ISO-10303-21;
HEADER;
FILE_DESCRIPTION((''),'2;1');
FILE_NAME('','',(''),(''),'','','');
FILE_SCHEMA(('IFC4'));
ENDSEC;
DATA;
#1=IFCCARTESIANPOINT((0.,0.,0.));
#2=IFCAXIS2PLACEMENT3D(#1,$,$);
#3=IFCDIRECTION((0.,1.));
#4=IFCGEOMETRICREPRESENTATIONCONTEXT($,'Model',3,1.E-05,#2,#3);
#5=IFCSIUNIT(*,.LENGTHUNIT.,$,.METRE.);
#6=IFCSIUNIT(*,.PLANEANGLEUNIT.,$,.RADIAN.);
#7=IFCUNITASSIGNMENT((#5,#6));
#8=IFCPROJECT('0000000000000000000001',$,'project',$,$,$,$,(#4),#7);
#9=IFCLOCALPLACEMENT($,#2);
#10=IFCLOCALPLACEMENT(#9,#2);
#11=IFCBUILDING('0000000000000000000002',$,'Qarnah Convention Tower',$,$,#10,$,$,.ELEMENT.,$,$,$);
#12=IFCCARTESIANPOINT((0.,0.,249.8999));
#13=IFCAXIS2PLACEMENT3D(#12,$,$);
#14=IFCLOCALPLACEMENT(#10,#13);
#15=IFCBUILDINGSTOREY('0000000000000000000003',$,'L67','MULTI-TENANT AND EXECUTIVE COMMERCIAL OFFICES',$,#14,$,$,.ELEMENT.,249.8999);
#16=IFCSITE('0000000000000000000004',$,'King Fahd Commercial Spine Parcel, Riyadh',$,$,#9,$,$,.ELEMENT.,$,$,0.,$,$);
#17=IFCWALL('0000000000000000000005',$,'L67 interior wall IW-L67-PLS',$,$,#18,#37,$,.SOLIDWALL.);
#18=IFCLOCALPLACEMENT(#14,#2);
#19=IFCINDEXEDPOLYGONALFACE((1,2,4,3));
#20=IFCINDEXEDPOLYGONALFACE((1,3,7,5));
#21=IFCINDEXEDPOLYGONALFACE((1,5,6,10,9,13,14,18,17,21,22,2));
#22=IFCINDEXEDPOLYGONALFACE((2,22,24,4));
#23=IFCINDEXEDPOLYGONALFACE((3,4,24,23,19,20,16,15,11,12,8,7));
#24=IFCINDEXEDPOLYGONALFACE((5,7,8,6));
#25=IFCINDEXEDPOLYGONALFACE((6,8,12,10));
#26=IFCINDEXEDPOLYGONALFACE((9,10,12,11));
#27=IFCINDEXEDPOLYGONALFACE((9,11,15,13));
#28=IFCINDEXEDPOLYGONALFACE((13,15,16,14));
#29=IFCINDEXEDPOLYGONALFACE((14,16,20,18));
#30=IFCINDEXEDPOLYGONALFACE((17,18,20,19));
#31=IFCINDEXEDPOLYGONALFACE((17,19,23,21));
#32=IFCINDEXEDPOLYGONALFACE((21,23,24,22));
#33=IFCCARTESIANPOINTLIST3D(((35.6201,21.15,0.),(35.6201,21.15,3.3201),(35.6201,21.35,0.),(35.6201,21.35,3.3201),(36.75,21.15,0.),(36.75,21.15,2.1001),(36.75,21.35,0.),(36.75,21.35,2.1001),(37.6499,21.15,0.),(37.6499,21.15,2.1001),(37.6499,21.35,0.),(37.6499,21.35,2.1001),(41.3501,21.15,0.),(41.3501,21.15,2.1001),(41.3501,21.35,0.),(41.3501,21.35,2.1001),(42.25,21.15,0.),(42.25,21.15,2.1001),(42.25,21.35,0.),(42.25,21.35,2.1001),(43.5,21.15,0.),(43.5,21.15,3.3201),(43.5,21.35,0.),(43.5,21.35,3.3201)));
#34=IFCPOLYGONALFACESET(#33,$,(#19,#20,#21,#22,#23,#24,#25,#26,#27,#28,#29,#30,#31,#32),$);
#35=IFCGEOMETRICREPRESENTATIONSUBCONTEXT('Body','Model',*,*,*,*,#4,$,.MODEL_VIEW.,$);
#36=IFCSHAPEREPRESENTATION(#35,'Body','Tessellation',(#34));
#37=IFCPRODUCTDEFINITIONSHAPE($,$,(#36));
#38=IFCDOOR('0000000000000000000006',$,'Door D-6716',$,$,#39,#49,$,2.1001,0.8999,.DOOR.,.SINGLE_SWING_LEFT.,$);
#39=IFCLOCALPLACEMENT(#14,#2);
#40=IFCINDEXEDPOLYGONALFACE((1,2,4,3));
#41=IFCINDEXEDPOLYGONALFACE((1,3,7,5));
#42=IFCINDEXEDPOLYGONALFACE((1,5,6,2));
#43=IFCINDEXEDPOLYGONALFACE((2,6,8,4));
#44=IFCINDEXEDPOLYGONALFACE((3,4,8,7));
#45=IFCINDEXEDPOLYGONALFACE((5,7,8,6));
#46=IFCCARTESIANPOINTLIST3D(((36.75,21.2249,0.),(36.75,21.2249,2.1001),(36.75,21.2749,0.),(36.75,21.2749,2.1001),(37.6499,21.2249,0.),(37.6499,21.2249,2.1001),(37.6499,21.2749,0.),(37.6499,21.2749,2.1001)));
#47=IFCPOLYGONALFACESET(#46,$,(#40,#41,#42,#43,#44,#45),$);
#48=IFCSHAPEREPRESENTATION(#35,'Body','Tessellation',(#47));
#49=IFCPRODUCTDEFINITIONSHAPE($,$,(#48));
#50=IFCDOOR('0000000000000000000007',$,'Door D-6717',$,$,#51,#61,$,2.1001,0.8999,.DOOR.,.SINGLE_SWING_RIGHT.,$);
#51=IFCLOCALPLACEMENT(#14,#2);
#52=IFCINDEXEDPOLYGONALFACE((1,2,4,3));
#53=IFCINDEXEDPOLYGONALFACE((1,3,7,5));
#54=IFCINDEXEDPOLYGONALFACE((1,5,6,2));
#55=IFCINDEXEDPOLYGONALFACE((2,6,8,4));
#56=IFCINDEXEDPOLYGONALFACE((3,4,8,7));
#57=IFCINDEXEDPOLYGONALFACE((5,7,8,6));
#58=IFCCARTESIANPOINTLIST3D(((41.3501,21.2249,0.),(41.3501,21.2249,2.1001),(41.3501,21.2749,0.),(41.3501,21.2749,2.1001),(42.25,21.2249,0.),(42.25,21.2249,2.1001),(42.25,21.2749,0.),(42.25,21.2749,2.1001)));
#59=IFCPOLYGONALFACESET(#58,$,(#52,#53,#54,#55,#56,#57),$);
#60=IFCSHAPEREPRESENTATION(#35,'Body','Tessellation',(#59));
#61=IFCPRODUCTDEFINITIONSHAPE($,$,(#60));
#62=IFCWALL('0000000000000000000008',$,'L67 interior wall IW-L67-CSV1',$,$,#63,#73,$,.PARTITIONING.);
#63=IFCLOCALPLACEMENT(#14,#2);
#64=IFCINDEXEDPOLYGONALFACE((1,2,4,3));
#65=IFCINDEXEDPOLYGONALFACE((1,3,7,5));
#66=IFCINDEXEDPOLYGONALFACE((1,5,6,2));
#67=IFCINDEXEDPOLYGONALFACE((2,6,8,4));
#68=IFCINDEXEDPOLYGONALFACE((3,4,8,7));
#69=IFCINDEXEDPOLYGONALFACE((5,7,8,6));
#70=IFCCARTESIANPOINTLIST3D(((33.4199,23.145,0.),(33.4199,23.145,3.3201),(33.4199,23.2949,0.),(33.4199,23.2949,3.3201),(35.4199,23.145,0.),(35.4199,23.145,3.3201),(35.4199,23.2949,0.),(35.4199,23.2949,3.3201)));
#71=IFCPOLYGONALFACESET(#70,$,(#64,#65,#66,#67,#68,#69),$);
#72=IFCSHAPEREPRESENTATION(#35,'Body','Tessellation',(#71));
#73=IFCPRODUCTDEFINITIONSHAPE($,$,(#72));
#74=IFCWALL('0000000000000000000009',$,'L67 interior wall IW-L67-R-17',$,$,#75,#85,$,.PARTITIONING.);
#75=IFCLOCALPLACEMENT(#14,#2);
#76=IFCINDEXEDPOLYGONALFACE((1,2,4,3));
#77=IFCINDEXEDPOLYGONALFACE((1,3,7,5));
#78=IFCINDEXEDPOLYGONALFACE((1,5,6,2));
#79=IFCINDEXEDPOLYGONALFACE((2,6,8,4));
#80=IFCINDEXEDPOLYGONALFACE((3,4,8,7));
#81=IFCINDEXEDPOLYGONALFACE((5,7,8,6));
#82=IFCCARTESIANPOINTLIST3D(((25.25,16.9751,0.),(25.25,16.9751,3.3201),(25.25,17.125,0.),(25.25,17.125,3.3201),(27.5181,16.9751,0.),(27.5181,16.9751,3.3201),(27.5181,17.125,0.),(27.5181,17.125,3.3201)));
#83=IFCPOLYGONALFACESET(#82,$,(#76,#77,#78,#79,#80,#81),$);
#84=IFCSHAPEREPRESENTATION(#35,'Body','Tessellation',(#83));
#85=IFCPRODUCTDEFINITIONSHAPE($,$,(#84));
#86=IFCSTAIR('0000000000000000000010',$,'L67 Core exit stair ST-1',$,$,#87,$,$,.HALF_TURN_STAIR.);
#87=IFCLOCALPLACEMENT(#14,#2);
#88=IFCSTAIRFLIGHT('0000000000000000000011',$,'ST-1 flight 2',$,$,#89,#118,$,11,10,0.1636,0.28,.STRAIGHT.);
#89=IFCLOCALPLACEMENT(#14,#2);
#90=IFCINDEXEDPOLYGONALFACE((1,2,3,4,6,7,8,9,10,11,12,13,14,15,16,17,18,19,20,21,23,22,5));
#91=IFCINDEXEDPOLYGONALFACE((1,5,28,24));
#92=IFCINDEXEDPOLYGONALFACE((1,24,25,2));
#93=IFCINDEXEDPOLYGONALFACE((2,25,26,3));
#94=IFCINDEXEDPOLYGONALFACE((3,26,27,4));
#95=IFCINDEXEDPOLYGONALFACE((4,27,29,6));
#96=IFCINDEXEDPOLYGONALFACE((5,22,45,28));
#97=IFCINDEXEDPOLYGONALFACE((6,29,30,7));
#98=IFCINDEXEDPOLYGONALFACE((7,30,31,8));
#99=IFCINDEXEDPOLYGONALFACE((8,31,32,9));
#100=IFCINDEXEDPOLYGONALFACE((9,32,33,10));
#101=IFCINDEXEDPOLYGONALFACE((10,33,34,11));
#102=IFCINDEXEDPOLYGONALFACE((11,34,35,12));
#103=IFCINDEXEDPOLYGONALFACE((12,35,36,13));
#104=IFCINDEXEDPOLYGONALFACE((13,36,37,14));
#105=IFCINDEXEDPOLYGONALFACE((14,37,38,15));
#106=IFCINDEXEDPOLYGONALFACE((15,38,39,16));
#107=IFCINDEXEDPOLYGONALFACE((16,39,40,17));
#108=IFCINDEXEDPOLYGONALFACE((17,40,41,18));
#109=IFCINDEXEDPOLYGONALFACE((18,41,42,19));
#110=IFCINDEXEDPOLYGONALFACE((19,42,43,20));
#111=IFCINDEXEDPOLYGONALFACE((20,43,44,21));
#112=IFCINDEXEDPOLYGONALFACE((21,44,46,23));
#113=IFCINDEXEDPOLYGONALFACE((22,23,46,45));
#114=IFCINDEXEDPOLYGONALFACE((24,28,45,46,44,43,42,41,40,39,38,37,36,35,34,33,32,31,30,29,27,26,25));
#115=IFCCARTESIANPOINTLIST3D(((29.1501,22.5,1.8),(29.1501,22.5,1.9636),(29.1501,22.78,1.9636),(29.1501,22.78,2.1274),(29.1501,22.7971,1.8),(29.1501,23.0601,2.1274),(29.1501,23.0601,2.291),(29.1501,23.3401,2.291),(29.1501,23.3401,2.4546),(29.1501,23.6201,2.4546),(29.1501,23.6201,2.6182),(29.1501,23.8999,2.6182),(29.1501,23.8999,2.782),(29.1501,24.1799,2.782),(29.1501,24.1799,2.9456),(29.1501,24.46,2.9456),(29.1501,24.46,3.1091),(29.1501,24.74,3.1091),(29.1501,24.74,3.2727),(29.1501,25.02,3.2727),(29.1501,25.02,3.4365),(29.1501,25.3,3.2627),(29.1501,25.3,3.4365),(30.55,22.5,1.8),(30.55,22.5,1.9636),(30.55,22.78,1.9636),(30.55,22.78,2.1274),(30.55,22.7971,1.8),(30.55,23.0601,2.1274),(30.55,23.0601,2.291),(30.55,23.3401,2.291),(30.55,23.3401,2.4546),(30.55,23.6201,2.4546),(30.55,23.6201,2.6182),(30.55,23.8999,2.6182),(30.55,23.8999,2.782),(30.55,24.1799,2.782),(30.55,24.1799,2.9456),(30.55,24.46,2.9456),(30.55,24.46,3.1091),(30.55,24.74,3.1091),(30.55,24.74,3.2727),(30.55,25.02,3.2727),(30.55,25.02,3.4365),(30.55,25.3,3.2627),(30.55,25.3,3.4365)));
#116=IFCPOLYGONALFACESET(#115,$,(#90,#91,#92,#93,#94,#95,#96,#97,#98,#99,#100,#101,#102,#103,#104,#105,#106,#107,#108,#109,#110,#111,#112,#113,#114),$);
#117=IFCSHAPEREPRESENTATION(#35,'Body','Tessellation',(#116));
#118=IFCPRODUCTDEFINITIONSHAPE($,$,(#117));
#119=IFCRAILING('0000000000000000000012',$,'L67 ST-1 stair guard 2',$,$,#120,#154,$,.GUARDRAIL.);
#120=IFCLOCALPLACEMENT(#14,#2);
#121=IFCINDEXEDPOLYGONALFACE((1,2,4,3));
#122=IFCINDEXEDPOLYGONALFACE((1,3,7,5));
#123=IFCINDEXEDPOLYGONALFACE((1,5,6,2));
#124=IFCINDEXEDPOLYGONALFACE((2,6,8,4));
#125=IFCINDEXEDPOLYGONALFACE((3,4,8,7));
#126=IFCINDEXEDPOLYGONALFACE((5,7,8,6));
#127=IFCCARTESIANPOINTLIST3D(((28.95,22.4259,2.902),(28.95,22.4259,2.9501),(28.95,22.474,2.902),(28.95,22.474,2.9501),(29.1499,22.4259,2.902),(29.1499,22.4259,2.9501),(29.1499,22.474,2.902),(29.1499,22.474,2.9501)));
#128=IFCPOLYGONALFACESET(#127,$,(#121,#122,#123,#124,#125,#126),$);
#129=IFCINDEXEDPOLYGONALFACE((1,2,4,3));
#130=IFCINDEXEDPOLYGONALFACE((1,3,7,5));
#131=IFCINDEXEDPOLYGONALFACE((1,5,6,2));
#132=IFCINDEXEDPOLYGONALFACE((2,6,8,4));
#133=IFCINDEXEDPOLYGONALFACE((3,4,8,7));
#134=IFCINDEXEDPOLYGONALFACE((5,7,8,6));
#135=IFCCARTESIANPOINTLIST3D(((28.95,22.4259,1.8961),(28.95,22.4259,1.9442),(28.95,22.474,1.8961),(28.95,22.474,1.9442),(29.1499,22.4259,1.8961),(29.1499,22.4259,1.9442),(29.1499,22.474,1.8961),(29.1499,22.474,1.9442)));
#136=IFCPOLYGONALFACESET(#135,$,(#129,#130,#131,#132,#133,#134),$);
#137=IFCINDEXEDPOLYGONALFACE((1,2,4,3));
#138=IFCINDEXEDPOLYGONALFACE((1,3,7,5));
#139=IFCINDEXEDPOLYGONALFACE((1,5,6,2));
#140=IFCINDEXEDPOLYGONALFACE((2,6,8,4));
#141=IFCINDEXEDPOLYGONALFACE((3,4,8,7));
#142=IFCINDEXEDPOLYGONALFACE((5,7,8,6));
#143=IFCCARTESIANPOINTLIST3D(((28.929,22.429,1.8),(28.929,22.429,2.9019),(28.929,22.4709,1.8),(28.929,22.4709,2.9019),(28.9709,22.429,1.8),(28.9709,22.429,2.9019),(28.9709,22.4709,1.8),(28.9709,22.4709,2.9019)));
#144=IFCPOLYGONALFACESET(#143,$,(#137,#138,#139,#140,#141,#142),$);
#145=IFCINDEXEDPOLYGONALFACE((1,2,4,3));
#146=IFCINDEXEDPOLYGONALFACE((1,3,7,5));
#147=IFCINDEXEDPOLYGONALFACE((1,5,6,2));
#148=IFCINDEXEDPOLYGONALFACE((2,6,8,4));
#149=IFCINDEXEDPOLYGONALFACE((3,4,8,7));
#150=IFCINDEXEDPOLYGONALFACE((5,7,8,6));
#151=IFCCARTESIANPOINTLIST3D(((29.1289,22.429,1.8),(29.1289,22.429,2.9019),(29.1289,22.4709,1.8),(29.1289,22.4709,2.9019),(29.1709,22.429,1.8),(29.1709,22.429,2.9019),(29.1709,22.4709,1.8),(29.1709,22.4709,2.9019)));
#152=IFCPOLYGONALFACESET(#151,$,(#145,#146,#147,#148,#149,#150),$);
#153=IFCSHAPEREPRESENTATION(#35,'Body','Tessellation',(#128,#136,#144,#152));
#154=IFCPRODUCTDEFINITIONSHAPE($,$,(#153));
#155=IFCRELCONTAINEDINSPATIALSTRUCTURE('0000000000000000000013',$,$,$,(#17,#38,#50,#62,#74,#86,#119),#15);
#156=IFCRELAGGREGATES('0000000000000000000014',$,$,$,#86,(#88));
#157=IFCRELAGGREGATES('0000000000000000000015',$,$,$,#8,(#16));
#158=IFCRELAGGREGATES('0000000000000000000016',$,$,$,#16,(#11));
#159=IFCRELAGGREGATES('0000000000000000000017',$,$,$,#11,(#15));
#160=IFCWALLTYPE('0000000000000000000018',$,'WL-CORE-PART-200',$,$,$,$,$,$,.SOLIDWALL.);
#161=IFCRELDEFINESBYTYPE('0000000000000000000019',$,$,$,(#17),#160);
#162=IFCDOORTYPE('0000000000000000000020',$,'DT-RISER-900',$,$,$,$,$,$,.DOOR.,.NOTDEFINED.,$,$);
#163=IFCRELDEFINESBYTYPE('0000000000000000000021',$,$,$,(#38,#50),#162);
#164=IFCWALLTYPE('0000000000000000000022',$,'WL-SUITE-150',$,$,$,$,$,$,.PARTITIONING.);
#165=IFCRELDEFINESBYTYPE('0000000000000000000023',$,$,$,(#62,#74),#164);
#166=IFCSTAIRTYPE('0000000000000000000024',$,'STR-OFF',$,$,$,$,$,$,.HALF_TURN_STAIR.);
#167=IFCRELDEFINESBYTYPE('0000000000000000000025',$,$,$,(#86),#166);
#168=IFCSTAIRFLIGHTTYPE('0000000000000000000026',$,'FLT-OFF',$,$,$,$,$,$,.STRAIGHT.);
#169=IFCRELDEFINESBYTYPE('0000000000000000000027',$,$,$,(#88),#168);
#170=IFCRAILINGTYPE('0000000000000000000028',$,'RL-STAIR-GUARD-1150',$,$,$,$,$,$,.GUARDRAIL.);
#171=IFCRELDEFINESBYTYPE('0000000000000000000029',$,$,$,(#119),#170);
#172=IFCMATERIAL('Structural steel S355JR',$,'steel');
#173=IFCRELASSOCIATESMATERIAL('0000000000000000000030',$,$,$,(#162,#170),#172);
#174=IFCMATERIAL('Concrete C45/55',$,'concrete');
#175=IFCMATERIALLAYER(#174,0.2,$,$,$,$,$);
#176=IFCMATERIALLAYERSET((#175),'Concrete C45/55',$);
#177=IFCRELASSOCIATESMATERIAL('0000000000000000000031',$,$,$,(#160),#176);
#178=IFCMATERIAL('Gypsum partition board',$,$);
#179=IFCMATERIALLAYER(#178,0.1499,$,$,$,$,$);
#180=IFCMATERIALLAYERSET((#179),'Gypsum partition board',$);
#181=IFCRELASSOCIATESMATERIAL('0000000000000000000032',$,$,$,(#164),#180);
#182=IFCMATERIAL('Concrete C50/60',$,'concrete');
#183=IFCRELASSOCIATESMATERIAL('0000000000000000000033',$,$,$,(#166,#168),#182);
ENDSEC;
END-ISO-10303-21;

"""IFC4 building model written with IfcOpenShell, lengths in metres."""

from ifc_helpers import new_model, si_unit, direction, frame, frame_2d, origin, origin_2d, place, context, subcontext, project, spatial, polyline, rectangle, outline, extrude, material, layer, layer_set, type_object, element, fill, aggregate, save


model = new_model("IFC4")

# Units and contexts
model_context = context("Model", 3, precision=1e-05, world=origin(), true_north=direction((0.0, 1.0)))
body_context = subcontext(model_context, "Body", "Model", "MODEL_VIEW")
ifc_project = project(units=[si_unit("LENGTHUNIT", "METRE"), si_unit("PLANEANGLEUNIT", "RADIAN")], contexts=[model_context])

# Site, building, storey
site_placement = place(None, origin())
site = spatial("IfcSite", under=ifc_project, at=site_placement, Name="King Fahd Commercial Spine Parcel, Riyadh", CompositionType="ELEMENT", RefElevation=0.0)
building_placement = place(site_placement, origin())
building = spatial("IfcBuilding", under=site, at=building_placement, Name="Qarnah Convention Tower", CompositionType="ELEMENT")
storey_placement = place(building_placement, frame((0.0, 0.0, 249.8999)))
storey = spatial("IfcBuildingStorey", under=building, at=storey_placement, Name="L67", Description="MULTI-TENANT AND EXECUTIVE COMMERCIAL OFFICES", CompositionType="ELEMENT", Elevation=249.8999)

# Shared definitions
ifc_material_1 = material(Name="Concrete C50/60", Category="concrete")

# Shared definitions
ifc_material_2 = material(Name="Structural steel S355JR", Category="steel")

# Shared definitions
door_type_1 = type_object("IfcDoorType", Name="DT-RISER-900", OperationType="NOTDEFINED", PredefinedType="DOOR", material=ifc_material_2)
ifc_material_3 = material(Name="Concrete C45/55", Category="concrete")
ifc_layer_1 = layer(ifc_material_3, 0.2)
ifc_layer_set_1 = layer_set([ifc_layer_1], Name="Concrete C45/55")
wall_type_1 = type_object("IfcWallType", Name="WL-CORE-PART-200", PredefinedType="SOLIDWALL", material=ifc_layer_set_1)

# Wall, openings, doors
wall_1_placement = place(storey_placement, frame((35.6201, 21.25, 0.0), z_axis=(0.0, 0.0, 1.0), x_axis=(1.0, 0.0, 0.0)))
wall_1 = element("IfcWall", 1, at=wall_1_placement, inside=storey, type_object=wall_type_1, Name="L67 interior wall IW-L67-PLS", PredefinedType="SOLIDWALL", context=body_context, shape_type="SweptSolid", body=[
    extrude(rectangle(XDim=7.8799, YDim=0.2, at=frame_2d((3.9399, 0.0))), origin(), (0.0, 0.0, 1.0), 3.3201),
])
opening_1_placement = place(wall_1_placement, frame((1.1299, 0.0, 0.0)))
opening_1 = element("IfcOpeningElement", 2, at=opening_1_placement, cuts=wall_1, PredefinedType="OPENING", context=body_context, shape_type="SweptSolid", body=[
    extrude(rectangle(XDim=0.8999, YDim=2.1001, at=frame_2d((0.45, 1.05))), frame((0.0, 0.1099, 0.0), z_axis=(0.0, -1.0, 0.0), x_axis=(1.0, 0.0, 0.0)), (0.0, 0.0, 1.0), 0.22),
])
opening_2_placement = place(wall_1_placement, frame((5.73, 0.0, 0.0)))
opening_2 = element("IfcOpeningElement", 3, at=opening_2_placement, cuts=wall_1, PredefinedType="OPENING", context=body_context, shape_type="SweptSolid", body=[
    extrude(rectangle(XDim=0.8999, YDim=2.1001, at=frame_2d((0.45, 1.05))), frame((0.0, 0.1099, 0.0), z_axis=(0.0, -1.0, 0.0), x_axis=(1.0, 0.0, 0.0)), (0.0, 0.0, 1.0), 0.22),
])
door_1_placement = place(opening_1_placement, origin())
door_1 = element("IfcDoor", 4, at=door_1_placement, inside=storey, type_object=door_type_1, Name="Door D-6716", OperationType="SINGLE_SWING_LEFT", OverallHeight=2.1001, OverallWidth=0.8999, PredefinedType="DOOR", context=body_context, shape_type="SweptSolid", body=[
    extrude(rectangle(XDim=0.8999, YDim=2.1001, at=frame_2d((0.45, 1.05))), frame((0.0, 0.0249, 0.0), z_axis=(0.0, -1.0, 0.0), x_axis=(1.0, 0.0, 0.0)), (0.0, 0.0, 1.0), 0.05),
])
fill(opening_1, door_1)
door_2_placement = place(opening_2_placement, origin())
door_2 = element("IfcDoor", 5, at=door_2_placement, inside=storey, type_object=door_type_1, Name="Door D-6717", OperationType="SINGLE_SWING_RIGHT", OverallHeight=2.1001, OverallWidth=0.8999, PredefinedType="DOOR", context=body_context, shape_type="SweptSolid", body=[
    extrude(rectangle(XDim=0.8999, YDim=2.1001, at=frame_2d((0.45, 1.05))), frame((0.0, 0.0249, 0.0), z_axis=(0.0, -1.0, 0.0), x_axis=(1.0, 0.0, 0.0)), (0.0, 0.0, 1.0), 0.05),
])
fill(opening_2, door_2)

# Walls
ifc_material_4 = material(Name="Gypsum partition board")
ifc_layer_2 = layer(ifc_material_4, 0.1499)
ifc_layer_set_2 = layer_set([ifc_layer_2], Name="Gypsum partition board")
wall_type_2 = type_object("IfcWallType", Name="WL-SUITE-150", PredefinedType="PARTITIONING", material=ifc_layer_set_2)
wall_2_placement = place(storey_placement, frame((33.4199, 23.22, 0.0), z_axis=(0.0, 0.0, 1.0), x_axis=(1.0, 0.0, 0.0)))
element("IfcWall", 6, at=wall_2_placement, inside=storey, type_object=wall_type_2, Name="L67 interior wall IW-L67-CSV1", PredefinedType="PARTITIONING", context=body_context, shape_type="SweptSolid", body=[
    extrude(rectangle(XDim=2.0, YDim=0.1499, at=frame_2d((1.0, 0.0))), origin(), (0.0, 0.0, 1.0), 3.3201),
])
wall_3_placement = place(storey_placement, frame((27.5181, 17.05, 0.0), z_axis=(0.0, 0.0, 1.0), x_axis=(-1.0, 0.0, 0.0)))
element("IfcWall", 7, at=wall_3_placement, inside=storey, type_object=wall_type_2, Name="L67 interior wall IW-L67-R-17", PredefinedType="PARTITIONING", context=body_context, shape_type="SweptSolid", body=[
    extrude(rectangle(XDim=2.2681, YDim=0.1499, at=frame_2d((1.134, 0.0))), origin(), (0.0, 0.0, 1.0), 3.3201),
])

# Stair, stair flight
stair_type = type_object("IfcStairType", Name="STR-OFF", PredefinedType="HALF_TURN_STAIR", material=ifc_material_1)
stair_placement = place(storey_placement, origin())
stair = element("IfcStair", 8, at=stair_placement, inside=storey, type_object=stair_type, Name="L67 Core exit stair ST-1", PredefinedType="HALF_TURN_STAIR")
stair_flight_type = type_object("IfcStairFlightType", Name="FLT-OFF", PredefinedType="STRAIGHT", material=ifc_material_1)
stair_flight_placement = place(storey_placement, frame((29.8501, 22.5, 1.8), z_axis=(0.0, 0.0, 1.0), x_axis=(0.0, 1.0, 0.0)))
stair_flight = element("IfcStairFlight", 9, at=stair_flight_placement, type_object=stair_flight_type, Name="ST-1 flight 2", NumberOfRisers=11, NumberOfTreads=10, PredefinedType="STRAIGHT", RiserHeight=0.1636, TreadLength=0.28, context=body_context, shape_type="SweptSolid", body=[
    extrude(outline(polyline([(0.0, 0.0), (0.0, 0.1636), (0.28, 0.1636), (0.28, 0.3274), (0.5601, 0.3274), (0.5601, 0.491), (0.8401, 0.491), (0.8401, 0.6545), (1.1201, 0.6545), (1.1201, 0.8181), (1.3999, 0.8181), (1.3999, 0.9819), (1.6799, 0.9819), (1.6799, 1.1455), (1.96, 1.1455), (1.96, 1.3091), (2.24, 1.3091), (2.24, 1.4727), (2.52, 1.4727), (2.52, 1.6365), (2.8, 1.6365), (2.8, 1.8), (2.8, 1.4626), (0.2971, 0.0), (0.0, 0.0)])), frame((0.0, 0.7, 0.0), z_axis=(0.0, -1.0, 0.0), x_axis=(1.0, 0.0, 0.0)), (0.0, 0.0, 1.0), 1.3999),
])
aggregate(stair, [stair_flight])

# Railing
railing_type_1 = type_object("IfcRailingType", Name="RL-STAIR-GUARD-1150", PredefinedType="GUARDRAIL", material=ifc_material_2)
railing_1_placement = place(storey_placement, frame((28.95, 22.45, 1.8)))
element("IfcRailing", 10, at=railing_1_placement, inside=storey, type_object=railing_type_1, Name="L67 ST-1 stair guard 2", PredefinedType="GUARDRAIL", context=body_context, shape_type="SweptSolid", body=[
    extrude(rectangle(XDim=0.0481, YDim=0.0481, at=origin_2d()), frame((0.0, 0.0, 1.126), z_axis=(1.0, 0.0, 0.0), x_axis=(0.0, 1.0, 0.0)), (0.0, 0.0, 1.0), 0.2),
    extrude(rectangle(XDim=0.0481, YDim=0.0481, at=origin_2d()), frame((0.0, 0.0, 0.1201), z_axis=(1.0, 0.0, 0.0), x_axis=(0.0, 1.0, 0.0)), (0.0, 0.0, 1.0), 0.2),
    extrude(rectangle(XDim=0.042, YDim=0.042, at=origin_2d()), origin(), (0.0, 0.0, 1.0), 1.1018),
    extrude(rectangle(XDim=0.042, YDim=0.042, at=origin_2d()), frame((0.2, 0.0, 0.0)), (0.0, 0.0, 1.0), 1.1018),
])

save(model, "model.ifc")
